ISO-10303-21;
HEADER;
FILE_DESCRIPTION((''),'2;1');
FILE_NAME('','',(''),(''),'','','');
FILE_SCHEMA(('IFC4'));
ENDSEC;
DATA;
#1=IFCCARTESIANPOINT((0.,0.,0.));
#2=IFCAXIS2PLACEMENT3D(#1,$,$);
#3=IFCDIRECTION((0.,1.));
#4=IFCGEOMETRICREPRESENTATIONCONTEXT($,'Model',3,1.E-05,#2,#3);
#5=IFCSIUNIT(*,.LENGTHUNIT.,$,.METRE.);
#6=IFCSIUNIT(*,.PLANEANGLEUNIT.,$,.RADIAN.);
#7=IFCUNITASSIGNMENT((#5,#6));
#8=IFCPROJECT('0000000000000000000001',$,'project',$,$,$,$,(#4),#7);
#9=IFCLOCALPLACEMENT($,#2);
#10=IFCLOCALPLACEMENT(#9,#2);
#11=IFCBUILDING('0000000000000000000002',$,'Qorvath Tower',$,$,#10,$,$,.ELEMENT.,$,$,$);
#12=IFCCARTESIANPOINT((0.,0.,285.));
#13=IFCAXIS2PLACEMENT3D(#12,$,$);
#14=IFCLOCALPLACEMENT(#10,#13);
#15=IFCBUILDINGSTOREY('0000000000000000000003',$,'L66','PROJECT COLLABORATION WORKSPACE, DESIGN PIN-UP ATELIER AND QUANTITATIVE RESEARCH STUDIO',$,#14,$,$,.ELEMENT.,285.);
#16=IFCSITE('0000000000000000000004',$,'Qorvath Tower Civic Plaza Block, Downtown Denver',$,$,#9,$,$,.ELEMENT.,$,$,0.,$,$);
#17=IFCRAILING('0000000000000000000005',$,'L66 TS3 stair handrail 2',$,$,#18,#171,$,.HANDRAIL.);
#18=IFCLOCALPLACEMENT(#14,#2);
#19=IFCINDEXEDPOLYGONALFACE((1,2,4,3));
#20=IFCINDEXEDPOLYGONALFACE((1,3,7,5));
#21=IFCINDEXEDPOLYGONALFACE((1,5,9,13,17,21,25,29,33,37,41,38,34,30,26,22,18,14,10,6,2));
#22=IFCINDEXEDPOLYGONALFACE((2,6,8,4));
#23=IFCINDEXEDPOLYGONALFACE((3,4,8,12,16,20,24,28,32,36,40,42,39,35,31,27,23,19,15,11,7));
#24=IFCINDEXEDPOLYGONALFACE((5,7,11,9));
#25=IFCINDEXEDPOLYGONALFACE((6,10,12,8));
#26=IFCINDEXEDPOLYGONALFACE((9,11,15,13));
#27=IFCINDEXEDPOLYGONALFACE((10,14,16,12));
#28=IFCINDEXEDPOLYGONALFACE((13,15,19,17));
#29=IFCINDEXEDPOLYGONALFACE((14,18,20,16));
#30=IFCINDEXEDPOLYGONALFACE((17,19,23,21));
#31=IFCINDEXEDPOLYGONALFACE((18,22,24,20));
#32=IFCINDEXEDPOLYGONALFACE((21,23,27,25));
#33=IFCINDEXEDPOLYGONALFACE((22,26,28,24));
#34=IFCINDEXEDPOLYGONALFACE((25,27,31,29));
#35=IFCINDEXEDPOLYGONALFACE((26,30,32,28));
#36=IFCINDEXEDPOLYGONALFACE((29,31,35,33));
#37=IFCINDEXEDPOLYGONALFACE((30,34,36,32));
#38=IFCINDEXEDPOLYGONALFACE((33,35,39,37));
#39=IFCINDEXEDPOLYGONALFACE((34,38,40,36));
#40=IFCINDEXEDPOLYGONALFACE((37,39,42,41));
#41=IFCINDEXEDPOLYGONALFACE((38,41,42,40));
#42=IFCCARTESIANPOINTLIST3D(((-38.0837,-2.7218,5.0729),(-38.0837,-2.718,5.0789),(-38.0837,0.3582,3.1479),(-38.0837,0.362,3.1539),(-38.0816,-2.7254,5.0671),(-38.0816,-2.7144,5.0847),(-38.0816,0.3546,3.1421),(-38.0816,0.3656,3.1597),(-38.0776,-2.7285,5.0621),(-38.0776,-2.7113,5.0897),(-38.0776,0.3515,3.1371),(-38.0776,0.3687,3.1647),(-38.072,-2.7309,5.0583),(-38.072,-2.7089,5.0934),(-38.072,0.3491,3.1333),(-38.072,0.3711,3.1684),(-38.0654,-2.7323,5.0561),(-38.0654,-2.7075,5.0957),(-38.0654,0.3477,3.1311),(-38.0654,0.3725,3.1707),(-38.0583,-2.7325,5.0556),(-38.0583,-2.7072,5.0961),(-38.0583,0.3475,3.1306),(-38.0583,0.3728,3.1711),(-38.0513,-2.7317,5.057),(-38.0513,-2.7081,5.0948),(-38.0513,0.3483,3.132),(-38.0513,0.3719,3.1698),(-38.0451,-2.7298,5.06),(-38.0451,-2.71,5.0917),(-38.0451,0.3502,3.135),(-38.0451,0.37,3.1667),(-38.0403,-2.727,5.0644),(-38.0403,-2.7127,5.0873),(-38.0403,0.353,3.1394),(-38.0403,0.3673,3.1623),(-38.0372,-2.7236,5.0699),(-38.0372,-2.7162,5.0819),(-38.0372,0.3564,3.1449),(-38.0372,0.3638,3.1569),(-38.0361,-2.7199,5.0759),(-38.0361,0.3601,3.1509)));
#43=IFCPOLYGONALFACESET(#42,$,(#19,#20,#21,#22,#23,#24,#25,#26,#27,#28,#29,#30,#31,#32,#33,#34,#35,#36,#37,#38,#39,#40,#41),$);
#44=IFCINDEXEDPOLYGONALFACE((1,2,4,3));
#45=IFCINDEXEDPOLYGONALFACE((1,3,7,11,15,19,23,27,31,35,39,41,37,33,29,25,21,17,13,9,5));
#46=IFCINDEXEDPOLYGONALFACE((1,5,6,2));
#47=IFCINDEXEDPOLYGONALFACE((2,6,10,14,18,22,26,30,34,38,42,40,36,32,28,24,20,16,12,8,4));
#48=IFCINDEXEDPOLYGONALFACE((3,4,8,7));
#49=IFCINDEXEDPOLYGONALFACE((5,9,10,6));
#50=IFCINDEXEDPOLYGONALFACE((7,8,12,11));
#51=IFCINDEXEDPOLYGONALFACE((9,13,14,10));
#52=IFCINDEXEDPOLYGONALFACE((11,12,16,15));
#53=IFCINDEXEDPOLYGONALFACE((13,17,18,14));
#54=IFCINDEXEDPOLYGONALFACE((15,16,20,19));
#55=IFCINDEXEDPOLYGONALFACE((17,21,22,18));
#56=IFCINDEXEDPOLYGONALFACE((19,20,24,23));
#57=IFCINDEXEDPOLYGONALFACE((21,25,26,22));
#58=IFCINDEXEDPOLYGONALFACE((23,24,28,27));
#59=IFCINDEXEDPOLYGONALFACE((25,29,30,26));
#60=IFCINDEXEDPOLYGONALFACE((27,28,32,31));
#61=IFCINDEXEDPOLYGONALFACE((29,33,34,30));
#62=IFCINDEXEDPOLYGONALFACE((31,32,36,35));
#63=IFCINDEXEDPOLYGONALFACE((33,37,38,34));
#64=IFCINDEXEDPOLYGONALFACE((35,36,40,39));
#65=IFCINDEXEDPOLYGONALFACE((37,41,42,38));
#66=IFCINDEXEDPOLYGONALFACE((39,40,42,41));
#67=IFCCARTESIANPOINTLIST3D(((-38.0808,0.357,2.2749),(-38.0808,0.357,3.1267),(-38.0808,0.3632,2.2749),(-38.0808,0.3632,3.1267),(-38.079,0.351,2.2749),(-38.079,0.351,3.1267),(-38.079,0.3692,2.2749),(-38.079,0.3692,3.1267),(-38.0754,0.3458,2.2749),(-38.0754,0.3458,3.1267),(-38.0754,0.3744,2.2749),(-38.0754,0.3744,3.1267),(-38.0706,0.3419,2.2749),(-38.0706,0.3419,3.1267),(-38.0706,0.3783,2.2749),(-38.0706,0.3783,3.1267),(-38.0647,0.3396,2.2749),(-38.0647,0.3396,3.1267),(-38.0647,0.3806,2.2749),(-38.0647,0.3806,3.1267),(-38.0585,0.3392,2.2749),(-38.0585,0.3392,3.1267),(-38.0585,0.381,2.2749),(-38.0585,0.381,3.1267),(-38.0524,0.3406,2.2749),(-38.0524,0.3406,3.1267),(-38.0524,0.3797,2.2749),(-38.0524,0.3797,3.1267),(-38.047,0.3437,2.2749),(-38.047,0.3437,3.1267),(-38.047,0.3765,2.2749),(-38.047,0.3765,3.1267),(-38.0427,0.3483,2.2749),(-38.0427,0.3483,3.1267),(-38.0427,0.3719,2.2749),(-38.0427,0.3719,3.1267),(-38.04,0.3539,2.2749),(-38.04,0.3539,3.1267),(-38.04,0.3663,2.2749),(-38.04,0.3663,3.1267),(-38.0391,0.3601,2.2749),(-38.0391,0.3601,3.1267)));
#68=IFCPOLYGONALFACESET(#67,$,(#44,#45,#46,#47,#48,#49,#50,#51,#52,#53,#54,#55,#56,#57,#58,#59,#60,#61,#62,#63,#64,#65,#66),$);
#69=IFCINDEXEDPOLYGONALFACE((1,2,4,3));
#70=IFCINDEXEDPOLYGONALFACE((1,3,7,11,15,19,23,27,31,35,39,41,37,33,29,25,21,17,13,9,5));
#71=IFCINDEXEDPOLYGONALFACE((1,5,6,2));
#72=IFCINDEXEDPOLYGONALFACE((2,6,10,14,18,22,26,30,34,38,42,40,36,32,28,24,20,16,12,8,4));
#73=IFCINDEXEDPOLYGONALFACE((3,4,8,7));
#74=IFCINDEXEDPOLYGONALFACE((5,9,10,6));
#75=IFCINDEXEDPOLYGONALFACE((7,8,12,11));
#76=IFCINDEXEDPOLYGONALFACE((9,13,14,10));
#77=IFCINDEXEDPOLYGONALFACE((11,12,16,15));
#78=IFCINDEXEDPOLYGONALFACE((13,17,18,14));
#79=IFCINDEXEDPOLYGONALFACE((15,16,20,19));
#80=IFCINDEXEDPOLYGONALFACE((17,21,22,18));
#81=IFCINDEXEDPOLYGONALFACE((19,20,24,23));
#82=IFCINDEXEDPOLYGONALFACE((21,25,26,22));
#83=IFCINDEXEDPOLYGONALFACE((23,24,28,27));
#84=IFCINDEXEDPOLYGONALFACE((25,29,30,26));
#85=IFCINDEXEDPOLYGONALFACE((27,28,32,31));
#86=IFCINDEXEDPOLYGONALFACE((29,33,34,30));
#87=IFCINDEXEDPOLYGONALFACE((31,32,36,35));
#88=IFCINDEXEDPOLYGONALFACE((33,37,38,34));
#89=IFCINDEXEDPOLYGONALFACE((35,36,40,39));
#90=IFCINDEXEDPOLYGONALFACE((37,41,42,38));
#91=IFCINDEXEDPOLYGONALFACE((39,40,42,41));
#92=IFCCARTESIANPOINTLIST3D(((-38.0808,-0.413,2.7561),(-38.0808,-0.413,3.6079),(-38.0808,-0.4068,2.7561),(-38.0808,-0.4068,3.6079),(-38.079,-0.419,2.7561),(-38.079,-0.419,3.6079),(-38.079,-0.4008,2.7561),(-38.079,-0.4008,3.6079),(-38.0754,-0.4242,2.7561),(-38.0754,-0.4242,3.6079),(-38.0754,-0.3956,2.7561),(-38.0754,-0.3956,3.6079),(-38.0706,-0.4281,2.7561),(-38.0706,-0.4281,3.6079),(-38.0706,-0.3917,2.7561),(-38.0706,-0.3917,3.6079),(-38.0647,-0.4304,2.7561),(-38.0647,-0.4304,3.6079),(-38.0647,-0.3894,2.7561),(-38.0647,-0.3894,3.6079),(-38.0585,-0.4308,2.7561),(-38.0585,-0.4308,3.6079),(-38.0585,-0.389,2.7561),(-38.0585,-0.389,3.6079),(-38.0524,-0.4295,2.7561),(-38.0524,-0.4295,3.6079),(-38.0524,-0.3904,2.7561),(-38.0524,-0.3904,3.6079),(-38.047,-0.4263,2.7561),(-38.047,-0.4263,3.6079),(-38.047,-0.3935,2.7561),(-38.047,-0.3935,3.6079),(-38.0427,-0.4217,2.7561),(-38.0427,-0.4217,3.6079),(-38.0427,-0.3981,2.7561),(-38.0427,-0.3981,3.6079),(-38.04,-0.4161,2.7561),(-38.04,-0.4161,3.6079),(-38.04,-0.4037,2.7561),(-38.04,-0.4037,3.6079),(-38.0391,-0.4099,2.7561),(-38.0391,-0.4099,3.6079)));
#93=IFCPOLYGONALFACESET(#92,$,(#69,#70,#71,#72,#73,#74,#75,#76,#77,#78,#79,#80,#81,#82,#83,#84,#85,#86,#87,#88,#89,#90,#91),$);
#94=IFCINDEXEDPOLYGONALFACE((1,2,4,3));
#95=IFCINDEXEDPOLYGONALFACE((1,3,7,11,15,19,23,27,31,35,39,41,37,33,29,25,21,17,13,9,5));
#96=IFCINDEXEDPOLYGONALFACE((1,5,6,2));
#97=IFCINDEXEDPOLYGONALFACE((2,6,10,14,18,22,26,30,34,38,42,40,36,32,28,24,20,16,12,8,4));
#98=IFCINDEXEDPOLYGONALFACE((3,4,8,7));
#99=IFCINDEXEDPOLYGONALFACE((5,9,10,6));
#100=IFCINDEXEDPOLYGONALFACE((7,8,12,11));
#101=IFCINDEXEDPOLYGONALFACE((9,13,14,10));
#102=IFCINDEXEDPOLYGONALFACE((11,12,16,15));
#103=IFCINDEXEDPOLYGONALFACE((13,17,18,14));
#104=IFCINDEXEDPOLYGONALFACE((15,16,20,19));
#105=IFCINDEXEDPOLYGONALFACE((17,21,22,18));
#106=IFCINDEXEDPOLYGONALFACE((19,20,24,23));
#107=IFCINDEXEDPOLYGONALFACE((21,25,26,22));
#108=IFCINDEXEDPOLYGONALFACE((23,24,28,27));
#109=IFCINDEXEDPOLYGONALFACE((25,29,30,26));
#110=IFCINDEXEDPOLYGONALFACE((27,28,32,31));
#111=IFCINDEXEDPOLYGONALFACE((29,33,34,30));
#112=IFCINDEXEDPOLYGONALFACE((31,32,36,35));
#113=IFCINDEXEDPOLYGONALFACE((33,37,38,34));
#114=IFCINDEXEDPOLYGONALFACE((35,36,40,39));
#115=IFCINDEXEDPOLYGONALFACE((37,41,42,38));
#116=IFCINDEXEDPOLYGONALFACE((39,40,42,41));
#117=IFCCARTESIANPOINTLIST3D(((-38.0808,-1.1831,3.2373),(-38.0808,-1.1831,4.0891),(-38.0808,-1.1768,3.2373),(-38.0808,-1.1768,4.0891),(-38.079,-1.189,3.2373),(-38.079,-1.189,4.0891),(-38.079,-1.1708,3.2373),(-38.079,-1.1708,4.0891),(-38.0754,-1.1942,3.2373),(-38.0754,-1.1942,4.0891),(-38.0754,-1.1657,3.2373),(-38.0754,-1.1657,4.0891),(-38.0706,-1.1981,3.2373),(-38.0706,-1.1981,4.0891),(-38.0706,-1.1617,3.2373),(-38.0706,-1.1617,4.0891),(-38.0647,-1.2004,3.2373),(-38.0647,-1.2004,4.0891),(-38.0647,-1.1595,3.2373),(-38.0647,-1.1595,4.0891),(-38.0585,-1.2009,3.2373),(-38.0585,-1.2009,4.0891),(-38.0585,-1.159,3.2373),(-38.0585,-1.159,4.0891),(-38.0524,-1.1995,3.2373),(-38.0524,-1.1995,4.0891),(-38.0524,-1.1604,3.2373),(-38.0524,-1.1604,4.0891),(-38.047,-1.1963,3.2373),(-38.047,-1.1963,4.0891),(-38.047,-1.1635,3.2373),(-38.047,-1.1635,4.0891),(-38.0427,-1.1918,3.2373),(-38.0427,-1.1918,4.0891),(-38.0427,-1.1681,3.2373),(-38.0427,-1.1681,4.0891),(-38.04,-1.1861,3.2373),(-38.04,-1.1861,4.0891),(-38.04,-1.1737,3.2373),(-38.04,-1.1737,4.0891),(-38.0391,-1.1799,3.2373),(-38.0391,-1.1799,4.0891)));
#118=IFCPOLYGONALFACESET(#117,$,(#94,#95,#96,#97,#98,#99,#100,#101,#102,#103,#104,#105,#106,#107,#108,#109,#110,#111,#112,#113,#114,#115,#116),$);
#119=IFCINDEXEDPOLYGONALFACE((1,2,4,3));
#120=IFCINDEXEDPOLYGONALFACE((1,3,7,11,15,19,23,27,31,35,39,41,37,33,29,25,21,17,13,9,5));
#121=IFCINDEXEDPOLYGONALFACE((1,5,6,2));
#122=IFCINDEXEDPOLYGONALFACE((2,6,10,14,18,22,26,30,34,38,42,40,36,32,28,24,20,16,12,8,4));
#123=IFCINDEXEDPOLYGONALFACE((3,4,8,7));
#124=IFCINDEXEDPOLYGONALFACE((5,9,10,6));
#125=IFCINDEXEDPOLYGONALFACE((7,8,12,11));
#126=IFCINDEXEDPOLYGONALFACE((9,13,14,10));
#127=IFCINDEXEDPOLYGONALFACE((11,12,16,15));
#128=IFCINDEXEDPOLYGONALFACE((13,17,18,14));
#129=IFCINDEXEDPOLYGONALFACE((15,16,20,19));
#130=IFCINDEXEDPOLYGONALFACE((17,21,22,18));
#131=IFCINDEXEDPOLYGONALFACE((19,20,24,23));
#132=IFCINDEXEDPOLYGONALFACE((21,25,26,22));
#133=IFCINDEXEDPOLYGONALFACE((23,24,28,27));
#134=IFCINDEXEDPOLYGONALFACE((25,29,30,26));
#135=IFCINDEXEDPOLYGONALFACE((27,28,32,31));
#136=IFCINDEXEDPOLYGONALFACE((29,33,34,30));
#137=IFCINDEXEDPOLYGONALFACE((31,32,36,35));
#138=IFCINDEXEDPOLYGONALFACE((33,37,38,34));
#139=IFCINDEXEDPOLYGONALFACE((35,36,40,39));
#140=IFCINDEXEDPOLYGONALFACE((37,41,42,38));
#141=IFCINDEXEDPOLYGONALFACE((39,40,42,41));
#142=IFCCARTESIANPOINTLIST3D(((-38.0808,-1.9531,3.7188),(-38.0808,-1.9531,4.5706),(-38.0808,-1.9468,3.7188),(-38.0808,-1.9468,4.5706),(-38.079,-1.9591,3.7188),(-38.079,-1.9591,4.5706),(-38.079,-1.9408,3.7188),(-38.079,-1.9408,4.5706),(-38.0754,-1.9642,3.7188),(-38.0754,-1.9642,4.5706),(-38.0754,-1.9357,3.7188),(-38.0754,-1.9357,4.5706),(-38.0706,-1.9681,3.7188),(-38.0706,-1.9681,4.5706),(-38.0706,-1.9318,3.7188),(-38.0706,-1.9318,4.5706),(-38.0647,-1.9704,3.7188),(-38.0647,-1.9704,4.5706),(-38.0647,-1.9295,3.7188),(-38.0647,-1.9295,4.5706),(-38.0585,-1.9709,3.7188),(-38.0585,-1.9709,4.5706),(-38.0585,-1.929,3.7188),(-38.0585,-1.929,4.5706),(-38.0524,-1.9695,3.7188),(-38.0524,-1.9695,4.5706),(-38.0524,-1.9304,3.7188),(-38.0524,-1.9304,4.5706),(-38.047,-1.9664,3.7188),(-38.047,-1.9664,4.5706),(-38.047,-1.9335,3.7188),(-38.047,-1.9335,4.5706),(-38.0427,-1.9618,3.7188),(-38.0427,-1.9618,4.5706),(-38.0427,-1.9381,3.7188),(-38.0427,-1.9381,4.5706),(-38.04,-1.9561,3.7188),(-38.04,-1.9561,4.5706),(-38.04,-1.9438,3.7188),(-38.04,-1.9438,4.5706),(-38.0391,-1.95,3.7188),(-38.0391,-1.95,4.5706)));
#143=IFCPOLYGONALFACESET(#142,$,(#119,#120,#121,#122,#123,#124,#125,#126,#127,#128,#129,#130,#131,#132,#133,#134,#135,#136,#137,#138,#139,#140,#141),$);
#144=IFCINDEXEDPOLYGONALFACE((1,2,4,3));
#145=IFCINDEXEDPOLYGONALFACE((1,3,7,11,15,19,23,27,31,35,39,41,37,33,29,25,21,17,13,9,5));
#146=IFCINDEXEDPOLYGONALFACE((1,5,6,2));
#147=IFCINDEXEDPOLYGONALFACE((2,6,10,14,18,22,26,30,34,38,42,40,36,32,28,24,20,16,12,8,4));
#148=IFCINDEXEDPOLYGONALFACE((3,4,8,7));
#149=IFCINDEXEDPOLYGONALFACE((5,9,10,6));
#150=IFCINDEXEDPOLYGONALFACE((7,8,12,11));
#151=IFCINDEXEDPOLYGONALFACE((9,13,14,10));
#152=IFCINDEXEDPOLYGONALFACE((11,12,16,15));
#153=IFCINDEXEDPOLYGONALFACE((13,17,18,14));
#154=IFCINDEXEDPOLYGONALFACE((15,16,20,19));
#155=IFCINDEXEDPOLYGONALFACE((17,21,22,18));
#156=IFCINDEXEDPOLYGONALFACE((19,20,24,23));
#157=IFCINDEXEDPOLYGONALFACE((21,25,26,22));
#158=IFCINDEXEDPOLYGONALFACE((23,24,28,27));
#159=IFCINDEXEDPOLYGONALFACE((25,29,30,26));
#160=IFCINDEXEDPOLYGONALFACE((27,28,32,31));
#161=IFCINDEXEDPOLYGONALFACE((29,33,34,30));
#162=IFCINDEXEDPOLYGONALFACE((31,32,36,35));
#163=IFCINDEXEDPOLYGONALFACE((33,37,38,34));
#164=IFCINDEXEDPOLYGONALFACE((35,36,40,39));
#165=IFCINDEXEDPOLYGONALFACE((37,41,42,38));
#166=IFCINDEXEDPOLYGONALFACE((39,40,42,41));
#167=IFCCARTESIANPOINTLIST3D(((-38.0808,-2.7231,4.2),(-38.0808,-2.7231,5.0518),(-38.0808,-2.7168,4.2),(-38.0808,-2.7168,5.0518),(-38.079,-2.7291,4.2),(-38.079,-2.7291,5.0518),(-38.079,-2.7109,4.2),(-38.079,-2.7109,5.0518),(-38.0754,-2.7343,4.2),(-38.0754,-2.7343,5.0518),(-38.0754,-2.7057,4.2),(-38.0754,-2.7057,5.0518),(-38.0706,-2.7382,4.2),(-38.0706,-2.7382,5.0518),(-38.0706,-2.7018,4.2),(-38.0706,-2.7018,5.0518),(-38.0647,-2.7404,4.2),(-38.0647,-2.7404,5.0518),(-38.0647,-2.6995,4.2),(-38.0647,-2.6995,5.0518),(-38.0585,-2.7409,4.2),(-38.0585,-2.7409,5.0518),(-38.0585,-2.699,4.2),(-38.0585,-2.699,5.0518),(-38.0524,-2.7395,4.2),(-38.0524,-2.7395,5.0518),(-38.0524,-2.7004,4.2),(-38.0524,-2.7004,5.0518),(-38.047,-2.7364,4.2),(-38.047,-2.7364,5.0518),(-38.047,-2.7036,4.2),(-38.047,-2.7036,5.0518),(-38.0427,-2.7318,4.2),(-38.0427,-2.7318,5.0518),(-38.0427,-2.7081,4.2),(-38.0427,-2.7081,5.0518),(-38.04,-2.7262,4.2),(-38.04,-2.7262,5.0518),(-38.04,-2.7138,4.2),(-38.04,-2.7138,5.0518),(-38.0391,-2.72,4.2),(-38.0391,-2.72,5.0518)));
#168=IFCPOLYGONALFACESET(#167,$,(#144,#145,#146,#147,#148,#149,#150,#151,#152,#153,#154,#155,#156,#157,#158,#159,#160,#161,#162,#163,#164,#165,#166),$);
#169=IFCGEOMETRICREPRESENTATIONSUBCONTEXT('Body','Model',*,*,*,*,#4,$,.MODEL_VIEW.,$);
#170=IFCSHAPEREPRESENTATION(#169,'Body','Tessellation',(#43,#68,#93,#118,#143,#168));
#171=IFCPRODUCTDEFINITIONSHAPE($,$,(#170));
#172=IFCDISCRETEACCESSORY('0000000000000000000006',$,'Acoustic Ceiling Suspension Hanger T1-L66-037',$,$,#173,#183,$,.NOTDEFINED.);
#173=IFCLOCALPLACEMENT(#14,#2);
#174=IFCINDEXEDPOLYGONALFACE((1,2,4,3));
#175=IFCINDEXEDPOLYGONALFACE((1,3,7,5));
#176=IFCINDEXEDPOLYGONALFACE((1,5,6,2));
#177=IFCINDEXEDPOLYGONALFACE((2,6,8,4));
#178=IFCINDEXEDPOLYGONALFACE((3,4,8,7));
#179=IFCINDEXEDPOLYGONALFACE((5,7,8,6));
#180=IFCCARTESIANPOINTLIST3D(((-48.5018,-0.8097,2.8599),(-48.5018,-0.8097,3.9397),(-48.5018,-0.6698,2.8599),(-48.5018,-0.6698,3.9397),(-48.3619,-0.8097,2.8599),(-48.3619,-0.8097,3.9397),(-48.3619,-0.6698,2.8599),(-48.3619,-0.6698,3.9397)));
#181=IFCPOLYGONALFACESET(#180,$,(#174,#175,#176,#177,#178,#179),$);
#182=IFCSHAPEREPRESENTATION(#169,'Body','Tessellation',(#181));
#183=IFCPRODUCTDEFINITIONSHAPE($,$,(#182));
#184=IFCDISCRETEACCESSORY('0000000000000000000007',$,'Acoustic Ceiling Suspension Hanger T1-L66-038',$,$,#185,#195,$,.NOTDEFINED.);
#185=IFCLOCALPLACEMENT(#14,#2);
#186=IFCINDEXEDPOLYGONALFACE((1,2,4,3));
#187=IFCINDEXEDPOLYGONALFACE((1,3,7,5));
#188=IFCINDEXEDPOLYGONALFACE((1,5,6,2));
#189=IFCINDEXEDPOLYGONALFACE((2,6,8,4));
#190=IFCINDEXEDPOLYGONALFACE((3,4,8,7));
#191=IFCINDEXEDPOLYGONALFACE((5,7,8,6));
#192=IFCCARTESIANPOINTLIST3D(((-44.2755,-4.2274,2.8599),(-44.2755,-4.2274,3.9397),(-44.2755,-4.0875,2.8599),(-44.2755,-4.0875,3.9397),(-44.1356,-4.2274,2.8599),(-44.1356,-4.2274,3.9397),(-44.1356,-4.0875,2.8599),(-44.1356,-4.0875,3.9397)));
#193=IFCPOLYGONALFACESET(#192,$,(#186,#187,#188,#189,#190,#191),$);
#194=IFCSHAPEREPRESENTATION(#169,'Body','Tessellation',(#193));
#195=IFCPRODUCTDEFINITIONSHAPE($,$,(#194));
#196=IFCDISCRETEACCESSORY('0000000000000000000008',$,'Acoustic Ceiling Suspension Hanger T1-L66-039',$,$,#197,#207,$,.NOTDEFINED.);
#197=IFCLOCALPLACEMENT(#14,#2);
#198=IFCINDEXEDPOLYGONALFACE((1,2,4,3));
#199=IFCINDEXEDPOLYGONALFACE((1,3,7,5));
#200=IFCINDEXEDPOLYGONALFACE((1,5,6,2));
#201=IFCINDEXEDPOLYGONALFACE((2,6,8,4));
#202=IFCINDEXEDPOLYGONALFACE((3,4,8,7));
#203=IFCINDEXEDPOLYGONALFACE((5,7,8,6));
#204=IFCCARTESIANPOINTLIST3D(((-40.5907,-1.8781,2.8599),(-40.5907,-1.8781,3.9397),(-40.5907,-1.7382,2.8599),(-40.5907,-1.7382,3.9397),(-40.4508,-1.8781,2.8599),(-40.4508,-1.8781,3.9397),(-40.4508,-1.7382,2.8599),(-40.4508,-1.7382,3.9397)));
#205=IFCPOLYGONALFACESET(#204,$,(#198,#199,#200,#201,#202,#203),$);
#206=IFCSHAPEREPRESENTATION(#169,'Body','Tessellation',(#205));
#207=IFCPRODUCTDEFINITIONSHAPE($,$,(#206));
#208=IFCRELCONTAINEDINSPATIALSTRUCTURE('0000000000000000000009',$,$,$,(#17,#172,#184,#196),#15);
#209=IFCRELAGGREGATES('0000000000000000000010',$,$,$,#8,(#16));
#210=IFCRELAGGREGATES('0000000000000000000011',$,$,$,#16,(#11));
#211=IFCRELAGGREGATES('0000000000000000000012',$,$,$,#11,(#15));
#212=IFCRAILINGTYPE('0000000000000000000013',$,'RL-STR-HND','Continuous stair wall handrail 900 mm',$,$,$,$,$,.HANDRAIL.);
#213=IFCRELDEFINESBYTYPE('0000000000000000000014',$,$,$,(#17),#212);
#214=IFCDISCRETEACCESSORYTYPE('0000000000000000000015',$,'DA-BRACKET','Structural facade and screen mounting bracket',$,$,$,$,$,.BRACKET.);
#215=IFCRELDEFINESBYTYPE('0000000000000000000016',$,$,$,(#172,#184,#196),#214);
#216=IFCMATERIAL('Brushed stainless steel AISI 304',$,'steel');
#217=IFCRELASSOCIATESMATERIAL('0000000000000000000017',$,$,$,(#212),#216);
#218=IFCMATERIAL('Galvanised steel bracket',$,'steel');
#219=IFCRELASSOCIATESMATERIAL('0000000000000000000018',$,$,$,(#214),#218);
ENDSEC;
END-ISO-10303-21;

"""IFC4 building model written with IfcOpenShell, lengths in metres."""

from ifc_helpers import new_model, si_unit, direction, frame, origin, origin_2d, place, context, subcontext, project, spatial, rectangle, circle, extrude, material, type_object, element, save


model = new_model("IFC4")

# Units and contexts
model_context = context("Model", 3, precision=1e-05, world=origin(), true_north=direction((0.0, 1.0)))
body_context = subcontext(model_context, "Body", "Model", "MODEL_VIEW")
ifc_project = project(units=[si_unit("LENGTHUNIT", "METRE"), si_unit("PLANEANGLEUNIT", "RADIAN")], contexts=[model_context])

# Site, building, storey
site_placement = place(None, origin())
site = spatial("IfcSite", under=ifc_project, at=site_placement, Name="Qorvath Tower Civic Plaza Block, Downtown Denver", CompositionType="ELEMENT", RefElevation=0.0)
building_placement = place(site_placement, origin())
building = spatial("IfcBuilding", under=site, at=building_placement, Name="Qorvath Tower", CompositionType="ELEMENT")
storey_placement = place(building_placement, frame((0.0, 0.0, 285.0)))
storey = spatial("IfcBuildingStorey", under=building, at=storey_placement, Name="L66", Description="PROJECT COLLABORATION WORKSPACE, DESIGN PIN-UP ATELIER AND QUANTITATIVE RESEARCH STUDIO", CompositionType="ELEMENT", Elevation=285.0)

# Railing
ifc_material_1 = material(Name="Brushed stainless steel AISI 304", Category="steel")
railing_type = type_object("IfcRailingType", Name="RL-STR-HND", Description="Continuous stair wall handrail 900 mm", PredefinedType="HANDRAIL", material=ifc_material_1)
railing_placement = place(storey_placement, frame((-38.0601, 0.3601, 2.2749)))
element("IfcRailing", 1, at=railing_placement, inside=storey, type_object=railing_type, Name="L66 TS3 stair handrail 2", PredefinedType="HANDRAIL", context=body_context, shape_type="SweptSolid", body=[
    extrude(circle(Radius=0.0239, at=origin_2d()), frame((0.0, 0.0, 0.876), z_axis=(0.0, -0.847998, 0.529999), x_axis=(1.0, 0.0, 0.0)), (0.0, 0.0, 1.0), 3.6321),
    extrude(circle(Radius=0.021, at=origin_2d()), origin(), (0.0, 0.0, 1.0), 0.8518),
    extrude(circle(Radius=0.021, at=origin_2d()), frame((0.0, -0.77, 0.4812)), (0.0, 0.0, 1.0), 0.8518),
    extrude(circle(Radius=0.021, at=origin_2d()), frame((0.0, -1.54, 0.9624)), (0.0, 0.0, 1.0), 0.8518),
    extrude(circle(Radius=0.021, at=origin_2d()), frame((0.0, -2.3101, 1.4438)), (0.0, 0.0, 1.0), 0.8518),
    extrude(circle(Radius=0.021, at=origin_2d()), frame((0.0, -3.0801, 1.925)), (0.0, 0.0, 1.0), 0.8518),
])

# Discrete accessories
ifc_material_2 = material(Name="Galvanised steel bracket", Category="steel")
discrete_accessory_type = type_object("IfcDiscreteAccessoryType", Name="DA-BRACKET", Description="Structural facade and screen mounting bracket", PredefinedType="BRACKET", material=ifc_material_2)
for number, where, z_axis, x_axis, name in (
    (2, (-48.4319, -0.7397, 2.8599), (0.0, 0.0, 1.0), (1.0, 0.0, 0.0), "Acoustic Ceiling Suspension Hanger T1-L66-037"),
    (3, (-44.2056, -4.1575, 2.8599), (0.0, 0.0, 1.0), (1.0, 0.0, 0.0), "Acoustic Ceiling Suspension Hanger T1-L66-038"),
    (4, (-40.5208, -1.8081, 2.8599), (0.0, 0.0, 1.0), (1.0, 0.0, 0.0), "Acoustic Ceiling Suspension Hanger T1-L66-039"),
):
    element("IfcDiscreteAccessory", number, at=place(storey_placement, frame(where, z_axis=z_axis, x_axis=x_axis)), inside=storey, type_object=discrete_accessory_type, Name=name, PredefinedType="NOTDEFINED", context=body_context, shape_type="SweptSolid", body=[
        extrude(rectangle(XDim=0.1399, YDim=0.1399, at=origin_2d()), origin(), (0.0, 0.0, 1.0), 1.0798),
    ])

save(model, "model.ifc")
